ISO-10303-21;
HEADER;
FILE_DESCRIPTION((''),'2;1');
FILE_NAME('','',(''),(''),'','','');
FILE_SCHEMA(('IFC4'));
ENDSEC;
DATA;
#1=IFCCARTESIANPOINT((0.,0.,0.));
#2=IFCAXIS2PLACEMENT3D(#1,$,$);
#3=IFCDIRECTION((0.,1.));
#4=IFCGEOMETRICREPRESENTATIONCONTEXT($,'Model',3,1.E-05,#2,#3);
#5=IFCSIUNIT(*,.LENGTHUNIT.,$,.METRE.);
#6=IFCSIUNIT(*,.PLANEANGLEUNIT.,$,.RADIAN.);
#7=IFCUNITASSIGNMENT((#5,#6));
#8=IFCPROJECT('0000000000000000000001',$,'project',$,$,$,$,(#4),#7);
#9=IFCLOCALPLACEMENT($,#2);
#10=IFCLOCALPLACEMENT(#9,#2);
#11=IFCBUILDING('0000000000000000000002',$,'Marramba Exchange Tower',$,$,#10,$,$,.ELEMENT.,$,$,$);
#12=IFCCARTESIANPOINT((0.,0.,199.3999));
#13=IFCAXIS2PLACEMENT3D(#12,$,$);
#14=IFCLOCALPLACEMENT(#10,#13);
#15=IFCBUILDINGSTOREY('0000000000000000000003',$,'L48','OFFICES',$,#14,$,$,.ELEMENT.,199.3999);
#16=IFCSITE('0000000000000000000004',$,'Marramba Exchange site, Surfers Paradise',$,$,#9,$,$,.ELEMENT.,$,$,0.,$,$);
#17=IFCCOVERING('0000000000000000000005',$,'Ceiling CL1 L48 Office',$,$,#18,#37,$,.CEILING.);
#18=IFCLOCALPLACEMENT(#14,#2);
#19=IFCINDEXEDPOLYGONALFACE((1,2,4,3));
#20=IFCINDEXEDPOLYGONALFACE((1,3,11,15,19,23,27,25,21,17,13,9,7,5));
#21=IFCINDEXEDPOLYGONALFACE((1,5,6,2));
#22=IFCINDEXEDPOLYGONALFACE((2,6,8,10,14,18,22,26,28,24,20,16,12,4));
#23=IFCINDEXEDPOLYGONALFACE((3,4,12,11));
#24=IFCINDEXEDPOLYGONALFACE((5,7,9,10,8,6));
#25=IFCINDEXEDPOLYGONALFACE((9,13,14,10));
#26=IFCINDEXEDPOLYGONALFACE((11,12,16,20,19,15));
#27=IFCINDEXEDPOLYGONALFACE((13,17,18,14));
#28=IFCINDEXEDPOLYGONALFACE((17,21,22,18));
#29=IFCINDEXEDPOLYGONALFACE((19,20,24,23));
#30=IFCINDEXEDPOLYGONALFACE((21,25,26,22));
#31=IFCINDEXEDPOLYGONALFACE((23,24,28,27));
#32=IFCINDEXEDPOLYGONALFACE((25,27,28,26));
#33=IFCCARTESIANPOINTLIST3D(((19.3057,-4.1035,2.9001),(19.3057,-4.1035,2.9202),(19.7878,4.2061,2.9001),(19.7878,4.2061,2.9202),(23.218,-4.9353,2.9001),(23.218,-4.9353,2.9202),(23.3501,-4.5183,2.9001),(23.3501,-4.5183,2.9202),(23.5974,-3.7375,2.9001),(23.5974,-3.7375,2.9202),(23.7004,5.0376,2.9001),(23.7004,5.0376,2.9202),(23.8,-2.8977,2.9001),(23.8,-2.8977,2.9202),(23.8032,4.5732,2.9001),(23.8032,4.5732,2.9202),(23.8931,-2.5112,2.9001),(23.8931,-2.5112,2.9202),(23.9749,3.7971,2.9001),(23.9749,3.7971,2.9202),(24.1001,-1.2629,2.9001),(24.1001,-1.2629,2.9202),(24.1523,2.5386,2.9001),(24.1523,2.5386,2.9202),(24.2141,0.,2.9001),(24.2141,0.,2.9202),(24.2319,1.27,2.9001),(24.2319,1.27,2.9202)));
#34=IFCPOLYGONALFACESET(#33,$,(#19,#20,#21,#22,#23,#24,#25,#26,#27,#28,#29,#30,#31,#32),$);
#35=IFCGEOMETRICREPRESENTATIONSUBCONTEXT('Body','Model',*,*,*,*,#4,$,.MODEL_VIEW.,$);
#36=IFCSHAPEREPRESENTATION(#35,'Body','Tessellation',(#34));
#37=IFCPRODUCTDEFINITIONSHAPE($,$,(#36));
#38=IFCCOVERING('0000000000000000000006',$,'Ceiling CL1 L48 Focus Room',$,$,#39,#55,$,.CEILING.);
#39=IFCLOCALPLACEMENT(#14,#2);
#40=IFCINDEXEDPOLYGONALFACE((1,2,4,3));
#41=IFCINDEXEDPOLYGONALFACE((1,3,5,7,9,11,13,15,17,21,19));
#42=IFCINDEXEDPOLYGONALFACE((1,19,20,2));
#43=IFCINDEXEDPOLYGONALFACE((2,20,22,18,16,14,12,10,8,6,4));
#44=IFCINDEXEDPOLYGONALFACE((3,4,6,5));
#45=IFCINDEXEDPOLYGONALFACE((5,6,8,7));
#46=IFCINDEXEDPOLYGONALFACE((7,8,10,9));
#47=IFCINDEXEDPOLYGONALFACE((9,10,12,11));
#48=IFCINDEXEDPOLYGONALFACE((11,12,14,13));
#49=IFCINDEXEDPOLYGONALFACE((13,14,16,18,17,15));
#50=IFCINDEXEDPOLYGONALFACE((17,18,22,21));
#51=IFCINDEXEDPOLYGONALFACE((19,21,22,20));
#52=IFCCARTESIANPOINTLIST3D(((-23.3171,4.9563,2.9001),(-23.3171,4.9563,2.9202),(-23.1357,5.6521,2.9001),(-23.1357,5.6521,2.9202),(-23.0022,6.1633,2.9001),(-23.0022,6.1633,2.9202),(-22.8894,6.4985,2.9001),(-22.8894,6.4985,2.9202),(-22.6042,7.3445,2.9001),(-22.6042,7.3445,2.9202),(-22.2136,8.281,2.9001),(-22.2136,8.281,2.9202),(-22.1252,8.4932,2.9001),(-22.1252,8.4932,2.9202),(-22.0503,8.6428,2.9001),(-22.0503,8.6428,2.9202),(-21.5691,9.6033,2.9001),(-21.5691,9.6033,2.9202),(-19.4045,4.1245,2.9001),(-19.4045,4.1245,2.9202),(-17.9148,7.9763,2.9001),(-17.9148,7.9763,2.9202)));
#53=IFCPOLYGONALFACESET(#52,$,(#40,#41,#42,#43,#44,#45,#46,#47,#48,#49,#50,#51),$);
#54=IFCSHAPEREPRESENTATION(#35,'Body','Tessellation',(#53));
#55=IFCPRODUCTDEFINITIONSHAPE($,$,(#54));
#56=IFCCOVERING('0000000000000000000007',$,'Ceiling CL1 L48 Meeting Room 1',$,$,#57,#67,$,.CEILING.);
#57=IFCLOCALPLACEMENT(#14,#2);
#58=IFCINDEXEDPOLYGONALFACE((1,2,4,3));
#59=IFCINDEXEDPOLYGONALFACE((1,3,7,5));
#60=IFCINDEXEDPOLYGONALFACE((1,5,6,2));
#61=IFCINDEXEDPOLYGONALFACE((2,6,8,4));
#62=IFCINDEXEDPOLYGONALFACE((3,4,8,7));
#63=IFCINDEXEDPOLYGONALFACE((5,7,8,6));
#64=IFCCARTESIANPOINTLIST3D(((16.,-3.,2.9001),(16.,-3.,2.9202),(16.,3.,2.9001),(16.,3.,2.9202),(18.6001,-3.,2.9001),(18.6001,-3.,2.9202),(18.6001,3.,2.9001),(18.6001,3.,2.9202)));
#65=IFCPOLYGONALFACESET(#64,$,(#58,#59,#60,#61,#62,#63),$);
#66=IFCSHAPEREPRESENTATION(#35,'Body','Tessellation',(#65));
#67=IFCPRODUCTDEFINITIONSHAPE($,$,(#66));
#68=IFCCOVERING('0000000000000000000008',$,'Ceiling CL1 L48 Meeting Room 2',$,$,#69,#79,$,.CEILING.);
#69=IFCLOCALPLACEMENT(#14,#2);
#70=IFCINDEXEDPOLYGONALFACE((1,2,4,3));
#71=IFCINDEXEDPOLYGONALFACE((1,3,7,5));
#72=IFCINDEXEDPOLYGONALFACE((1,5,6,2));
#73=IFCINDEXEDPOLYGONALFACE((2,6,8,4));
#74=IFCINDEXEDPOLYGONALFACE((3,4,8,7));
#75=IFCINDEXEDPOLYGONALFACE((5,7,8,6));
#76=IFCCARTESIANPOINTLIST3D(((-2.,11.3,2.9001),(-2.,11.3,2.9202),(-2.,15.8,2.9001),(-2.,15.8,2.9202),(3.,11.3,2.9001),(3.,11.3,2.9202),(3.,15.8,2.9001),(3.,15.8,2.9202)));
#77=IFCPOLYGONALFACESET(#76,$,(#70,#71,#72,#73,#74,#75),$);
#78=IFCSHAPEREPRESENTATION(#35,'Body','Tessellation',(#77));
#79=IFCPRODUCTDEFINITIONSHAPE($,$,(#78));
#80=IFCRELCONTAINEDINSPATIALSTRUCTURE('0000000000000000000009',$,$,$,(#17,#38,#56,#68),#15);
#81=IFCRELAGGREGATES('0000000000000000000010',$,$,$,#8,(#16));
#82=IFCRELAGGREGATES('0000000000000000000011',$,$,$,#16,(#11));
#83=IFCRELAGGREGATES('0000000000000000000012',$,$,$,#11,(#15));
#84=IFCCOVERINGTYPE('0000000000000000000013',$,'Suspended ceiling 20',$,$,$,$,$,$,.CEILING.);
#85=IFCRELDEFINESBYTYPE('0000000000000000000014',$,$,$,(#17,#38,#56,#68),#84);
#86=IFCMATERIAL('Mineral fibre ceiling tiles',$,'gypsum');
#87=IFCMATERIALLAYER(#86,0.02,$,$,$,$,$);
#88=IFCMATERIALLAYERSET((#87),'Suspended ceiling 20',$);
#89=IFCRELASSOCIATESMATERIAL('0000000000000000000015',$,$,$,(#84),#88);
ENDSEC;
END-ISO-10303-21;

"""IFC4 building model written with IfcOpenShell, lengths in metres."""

from ifc_helpers import new_model, si_unit, direction, frame, origin, place, context, subcontext, project, spatial, polyline, outline, extrude, material, layer, layer_set, type_object, element, save


model = new_model("IFC4")

# Units and contexts
model_context = context("Model", 3, precision=1e-05, world=origin(), true_north=direction((0.0, 1.0)))
body_context = subcontext(model_context, "Body", "Model", "MODEL_VIEW")
ifc_project = project(units=[si_unit("LENGTHUNIT", "METRE"), si_unit("PLANEANGLEUNIT", "RADIAN")], contexts=[model_context])

# Site, building, storey
site_placement = place(None, origin())
site = spatial("IfcSite", under=ifc_project, at=site_placement, Name="Marramba Exchange site, Surfers Paradise", CompositionType="ELEMENT", RefElevation=0.0)
building_placement = place(site_placement, origin())
building = spatial("IfcBuilding", under=site, at=building_placement, Name="Marramba Exchange Tower", CompositionType="ELEMENT")
storey_placement = place(building_placement, frame((0.0, 0.0, 199.3999)))
storey = spatial("IfcBuildingStorey", under=building, at=storey_placement, Name="L48", Description="OFFICES", CompositionType="ELEMENT", Elevation=199.3999)

# Coverings
ifc_material_1 = material(Name="Mineral fibre ceiling tiles", Category="gypsum")
ifc_layer_1 = layer(ifc_material_1, 0.02)
ifc_layer_set_1 = layer_set([ifc_layer_1], Name="Suspended ceiling 20")
covering_type = type_object("IfcCoveringType", Name="Suspended ceiling 20", PredefinedType="CEILING", material=ifc_layer_set_1)
covering_1_placement = place(storey_placement, frame((0.0, 0.0, 2.9001)))
element("IfcCovering", 1, at=covering_1_placement, inside=storey, type_object=covering_type, Name="Ceiling CL1 L48 Office", PredefinedType="CEILING", context=body_context, shape_type="SweptSolid", body=[
    extrude(outline(polyline([(23.8032, 4.5732), (23.9749, 3.7971), (24.1523, 2.5386), (24.2319, 1.27), (24.2141, 0.0), (24.1001, -1.2629), (23.8931, -2.5112), (23.8, -2.8977), (23.5974, -3.7375), (23.3501, -4.5183), (23.218, -4.9353), (19.3057, -4.1035), (19.7878, 4.2061), (23.7004, 5.0376), (23.8032, 4.5732)])), origin(), (0.0, 0.0, 1.0), 0.02),
])
covering_2_placement = place(storey_placement, frame((0.0, 0.0, 2.9001)))
element("IfcCovering", 2, at=covering_2_placement, inside=storey, type_object=covering_type, Name="Ceiling CL1 L48 Focus Room", PredefinedType="CEILING", context=body_context, shape_type="SweptSolid", body=[
    extrude(outline(polyline([(-23.1357, 5.6521), (-23.0022, 6.1633), (-22.8894, 6.4985), (-22.6042, 7.3445), (-22.2136, 8.281), (-22.1252, 8.4932), (-22.0503, 8.6428), (-21.5691, 9.6033), (-17.9148, 7.9763), (-19.4045, 4.1245), (-23.3171, 4.9563), (-23.1357, 5.6521)])), origin(), (0.0, 0.0, 1.0), 0.02),
])
covering_3_placement = place(storey_placement, frame((0.0, 0.0, 2.9001)))
element("IfcCovering", 3, at=covering_3_placement, inside=storey, type_object=covering_type, Name="Ceiling CL1 L48 Meeting Room 1", PredefinedType="CEILING", context=body_context, shape_type="SweptSolid", body=[
    extrude(outline(polyline([(18.6001, -3.0), (16.0, -3.0), (16.0, 3.0), (18.6001, 3.0), (18.6001, -3.0)])), origin(), (0.0, 0.0, 1.0), 0.02),
])
covering_4_placement = place(storey_placement, frame((0.0, 0.0, 2.9001)))
element("IfcCovering", 4, at=covering_4_placement, inside=storey, type_object=covering_type, Name="Ceiling CL1 L48 Meeting Room 2", PredefinedType="CEILING", context=body_context, shape_type="SweptSolid", body=[
    extrude(outline(polyline([(3.0, 11.3), (-2.0, 11.3), (-2.0, 15.8), (3.0, 15.8), (3.0, 11.3)])), origin(), (0.0, 0.0, 1.0), 0.02),
])

save(model, "model.ifc")
